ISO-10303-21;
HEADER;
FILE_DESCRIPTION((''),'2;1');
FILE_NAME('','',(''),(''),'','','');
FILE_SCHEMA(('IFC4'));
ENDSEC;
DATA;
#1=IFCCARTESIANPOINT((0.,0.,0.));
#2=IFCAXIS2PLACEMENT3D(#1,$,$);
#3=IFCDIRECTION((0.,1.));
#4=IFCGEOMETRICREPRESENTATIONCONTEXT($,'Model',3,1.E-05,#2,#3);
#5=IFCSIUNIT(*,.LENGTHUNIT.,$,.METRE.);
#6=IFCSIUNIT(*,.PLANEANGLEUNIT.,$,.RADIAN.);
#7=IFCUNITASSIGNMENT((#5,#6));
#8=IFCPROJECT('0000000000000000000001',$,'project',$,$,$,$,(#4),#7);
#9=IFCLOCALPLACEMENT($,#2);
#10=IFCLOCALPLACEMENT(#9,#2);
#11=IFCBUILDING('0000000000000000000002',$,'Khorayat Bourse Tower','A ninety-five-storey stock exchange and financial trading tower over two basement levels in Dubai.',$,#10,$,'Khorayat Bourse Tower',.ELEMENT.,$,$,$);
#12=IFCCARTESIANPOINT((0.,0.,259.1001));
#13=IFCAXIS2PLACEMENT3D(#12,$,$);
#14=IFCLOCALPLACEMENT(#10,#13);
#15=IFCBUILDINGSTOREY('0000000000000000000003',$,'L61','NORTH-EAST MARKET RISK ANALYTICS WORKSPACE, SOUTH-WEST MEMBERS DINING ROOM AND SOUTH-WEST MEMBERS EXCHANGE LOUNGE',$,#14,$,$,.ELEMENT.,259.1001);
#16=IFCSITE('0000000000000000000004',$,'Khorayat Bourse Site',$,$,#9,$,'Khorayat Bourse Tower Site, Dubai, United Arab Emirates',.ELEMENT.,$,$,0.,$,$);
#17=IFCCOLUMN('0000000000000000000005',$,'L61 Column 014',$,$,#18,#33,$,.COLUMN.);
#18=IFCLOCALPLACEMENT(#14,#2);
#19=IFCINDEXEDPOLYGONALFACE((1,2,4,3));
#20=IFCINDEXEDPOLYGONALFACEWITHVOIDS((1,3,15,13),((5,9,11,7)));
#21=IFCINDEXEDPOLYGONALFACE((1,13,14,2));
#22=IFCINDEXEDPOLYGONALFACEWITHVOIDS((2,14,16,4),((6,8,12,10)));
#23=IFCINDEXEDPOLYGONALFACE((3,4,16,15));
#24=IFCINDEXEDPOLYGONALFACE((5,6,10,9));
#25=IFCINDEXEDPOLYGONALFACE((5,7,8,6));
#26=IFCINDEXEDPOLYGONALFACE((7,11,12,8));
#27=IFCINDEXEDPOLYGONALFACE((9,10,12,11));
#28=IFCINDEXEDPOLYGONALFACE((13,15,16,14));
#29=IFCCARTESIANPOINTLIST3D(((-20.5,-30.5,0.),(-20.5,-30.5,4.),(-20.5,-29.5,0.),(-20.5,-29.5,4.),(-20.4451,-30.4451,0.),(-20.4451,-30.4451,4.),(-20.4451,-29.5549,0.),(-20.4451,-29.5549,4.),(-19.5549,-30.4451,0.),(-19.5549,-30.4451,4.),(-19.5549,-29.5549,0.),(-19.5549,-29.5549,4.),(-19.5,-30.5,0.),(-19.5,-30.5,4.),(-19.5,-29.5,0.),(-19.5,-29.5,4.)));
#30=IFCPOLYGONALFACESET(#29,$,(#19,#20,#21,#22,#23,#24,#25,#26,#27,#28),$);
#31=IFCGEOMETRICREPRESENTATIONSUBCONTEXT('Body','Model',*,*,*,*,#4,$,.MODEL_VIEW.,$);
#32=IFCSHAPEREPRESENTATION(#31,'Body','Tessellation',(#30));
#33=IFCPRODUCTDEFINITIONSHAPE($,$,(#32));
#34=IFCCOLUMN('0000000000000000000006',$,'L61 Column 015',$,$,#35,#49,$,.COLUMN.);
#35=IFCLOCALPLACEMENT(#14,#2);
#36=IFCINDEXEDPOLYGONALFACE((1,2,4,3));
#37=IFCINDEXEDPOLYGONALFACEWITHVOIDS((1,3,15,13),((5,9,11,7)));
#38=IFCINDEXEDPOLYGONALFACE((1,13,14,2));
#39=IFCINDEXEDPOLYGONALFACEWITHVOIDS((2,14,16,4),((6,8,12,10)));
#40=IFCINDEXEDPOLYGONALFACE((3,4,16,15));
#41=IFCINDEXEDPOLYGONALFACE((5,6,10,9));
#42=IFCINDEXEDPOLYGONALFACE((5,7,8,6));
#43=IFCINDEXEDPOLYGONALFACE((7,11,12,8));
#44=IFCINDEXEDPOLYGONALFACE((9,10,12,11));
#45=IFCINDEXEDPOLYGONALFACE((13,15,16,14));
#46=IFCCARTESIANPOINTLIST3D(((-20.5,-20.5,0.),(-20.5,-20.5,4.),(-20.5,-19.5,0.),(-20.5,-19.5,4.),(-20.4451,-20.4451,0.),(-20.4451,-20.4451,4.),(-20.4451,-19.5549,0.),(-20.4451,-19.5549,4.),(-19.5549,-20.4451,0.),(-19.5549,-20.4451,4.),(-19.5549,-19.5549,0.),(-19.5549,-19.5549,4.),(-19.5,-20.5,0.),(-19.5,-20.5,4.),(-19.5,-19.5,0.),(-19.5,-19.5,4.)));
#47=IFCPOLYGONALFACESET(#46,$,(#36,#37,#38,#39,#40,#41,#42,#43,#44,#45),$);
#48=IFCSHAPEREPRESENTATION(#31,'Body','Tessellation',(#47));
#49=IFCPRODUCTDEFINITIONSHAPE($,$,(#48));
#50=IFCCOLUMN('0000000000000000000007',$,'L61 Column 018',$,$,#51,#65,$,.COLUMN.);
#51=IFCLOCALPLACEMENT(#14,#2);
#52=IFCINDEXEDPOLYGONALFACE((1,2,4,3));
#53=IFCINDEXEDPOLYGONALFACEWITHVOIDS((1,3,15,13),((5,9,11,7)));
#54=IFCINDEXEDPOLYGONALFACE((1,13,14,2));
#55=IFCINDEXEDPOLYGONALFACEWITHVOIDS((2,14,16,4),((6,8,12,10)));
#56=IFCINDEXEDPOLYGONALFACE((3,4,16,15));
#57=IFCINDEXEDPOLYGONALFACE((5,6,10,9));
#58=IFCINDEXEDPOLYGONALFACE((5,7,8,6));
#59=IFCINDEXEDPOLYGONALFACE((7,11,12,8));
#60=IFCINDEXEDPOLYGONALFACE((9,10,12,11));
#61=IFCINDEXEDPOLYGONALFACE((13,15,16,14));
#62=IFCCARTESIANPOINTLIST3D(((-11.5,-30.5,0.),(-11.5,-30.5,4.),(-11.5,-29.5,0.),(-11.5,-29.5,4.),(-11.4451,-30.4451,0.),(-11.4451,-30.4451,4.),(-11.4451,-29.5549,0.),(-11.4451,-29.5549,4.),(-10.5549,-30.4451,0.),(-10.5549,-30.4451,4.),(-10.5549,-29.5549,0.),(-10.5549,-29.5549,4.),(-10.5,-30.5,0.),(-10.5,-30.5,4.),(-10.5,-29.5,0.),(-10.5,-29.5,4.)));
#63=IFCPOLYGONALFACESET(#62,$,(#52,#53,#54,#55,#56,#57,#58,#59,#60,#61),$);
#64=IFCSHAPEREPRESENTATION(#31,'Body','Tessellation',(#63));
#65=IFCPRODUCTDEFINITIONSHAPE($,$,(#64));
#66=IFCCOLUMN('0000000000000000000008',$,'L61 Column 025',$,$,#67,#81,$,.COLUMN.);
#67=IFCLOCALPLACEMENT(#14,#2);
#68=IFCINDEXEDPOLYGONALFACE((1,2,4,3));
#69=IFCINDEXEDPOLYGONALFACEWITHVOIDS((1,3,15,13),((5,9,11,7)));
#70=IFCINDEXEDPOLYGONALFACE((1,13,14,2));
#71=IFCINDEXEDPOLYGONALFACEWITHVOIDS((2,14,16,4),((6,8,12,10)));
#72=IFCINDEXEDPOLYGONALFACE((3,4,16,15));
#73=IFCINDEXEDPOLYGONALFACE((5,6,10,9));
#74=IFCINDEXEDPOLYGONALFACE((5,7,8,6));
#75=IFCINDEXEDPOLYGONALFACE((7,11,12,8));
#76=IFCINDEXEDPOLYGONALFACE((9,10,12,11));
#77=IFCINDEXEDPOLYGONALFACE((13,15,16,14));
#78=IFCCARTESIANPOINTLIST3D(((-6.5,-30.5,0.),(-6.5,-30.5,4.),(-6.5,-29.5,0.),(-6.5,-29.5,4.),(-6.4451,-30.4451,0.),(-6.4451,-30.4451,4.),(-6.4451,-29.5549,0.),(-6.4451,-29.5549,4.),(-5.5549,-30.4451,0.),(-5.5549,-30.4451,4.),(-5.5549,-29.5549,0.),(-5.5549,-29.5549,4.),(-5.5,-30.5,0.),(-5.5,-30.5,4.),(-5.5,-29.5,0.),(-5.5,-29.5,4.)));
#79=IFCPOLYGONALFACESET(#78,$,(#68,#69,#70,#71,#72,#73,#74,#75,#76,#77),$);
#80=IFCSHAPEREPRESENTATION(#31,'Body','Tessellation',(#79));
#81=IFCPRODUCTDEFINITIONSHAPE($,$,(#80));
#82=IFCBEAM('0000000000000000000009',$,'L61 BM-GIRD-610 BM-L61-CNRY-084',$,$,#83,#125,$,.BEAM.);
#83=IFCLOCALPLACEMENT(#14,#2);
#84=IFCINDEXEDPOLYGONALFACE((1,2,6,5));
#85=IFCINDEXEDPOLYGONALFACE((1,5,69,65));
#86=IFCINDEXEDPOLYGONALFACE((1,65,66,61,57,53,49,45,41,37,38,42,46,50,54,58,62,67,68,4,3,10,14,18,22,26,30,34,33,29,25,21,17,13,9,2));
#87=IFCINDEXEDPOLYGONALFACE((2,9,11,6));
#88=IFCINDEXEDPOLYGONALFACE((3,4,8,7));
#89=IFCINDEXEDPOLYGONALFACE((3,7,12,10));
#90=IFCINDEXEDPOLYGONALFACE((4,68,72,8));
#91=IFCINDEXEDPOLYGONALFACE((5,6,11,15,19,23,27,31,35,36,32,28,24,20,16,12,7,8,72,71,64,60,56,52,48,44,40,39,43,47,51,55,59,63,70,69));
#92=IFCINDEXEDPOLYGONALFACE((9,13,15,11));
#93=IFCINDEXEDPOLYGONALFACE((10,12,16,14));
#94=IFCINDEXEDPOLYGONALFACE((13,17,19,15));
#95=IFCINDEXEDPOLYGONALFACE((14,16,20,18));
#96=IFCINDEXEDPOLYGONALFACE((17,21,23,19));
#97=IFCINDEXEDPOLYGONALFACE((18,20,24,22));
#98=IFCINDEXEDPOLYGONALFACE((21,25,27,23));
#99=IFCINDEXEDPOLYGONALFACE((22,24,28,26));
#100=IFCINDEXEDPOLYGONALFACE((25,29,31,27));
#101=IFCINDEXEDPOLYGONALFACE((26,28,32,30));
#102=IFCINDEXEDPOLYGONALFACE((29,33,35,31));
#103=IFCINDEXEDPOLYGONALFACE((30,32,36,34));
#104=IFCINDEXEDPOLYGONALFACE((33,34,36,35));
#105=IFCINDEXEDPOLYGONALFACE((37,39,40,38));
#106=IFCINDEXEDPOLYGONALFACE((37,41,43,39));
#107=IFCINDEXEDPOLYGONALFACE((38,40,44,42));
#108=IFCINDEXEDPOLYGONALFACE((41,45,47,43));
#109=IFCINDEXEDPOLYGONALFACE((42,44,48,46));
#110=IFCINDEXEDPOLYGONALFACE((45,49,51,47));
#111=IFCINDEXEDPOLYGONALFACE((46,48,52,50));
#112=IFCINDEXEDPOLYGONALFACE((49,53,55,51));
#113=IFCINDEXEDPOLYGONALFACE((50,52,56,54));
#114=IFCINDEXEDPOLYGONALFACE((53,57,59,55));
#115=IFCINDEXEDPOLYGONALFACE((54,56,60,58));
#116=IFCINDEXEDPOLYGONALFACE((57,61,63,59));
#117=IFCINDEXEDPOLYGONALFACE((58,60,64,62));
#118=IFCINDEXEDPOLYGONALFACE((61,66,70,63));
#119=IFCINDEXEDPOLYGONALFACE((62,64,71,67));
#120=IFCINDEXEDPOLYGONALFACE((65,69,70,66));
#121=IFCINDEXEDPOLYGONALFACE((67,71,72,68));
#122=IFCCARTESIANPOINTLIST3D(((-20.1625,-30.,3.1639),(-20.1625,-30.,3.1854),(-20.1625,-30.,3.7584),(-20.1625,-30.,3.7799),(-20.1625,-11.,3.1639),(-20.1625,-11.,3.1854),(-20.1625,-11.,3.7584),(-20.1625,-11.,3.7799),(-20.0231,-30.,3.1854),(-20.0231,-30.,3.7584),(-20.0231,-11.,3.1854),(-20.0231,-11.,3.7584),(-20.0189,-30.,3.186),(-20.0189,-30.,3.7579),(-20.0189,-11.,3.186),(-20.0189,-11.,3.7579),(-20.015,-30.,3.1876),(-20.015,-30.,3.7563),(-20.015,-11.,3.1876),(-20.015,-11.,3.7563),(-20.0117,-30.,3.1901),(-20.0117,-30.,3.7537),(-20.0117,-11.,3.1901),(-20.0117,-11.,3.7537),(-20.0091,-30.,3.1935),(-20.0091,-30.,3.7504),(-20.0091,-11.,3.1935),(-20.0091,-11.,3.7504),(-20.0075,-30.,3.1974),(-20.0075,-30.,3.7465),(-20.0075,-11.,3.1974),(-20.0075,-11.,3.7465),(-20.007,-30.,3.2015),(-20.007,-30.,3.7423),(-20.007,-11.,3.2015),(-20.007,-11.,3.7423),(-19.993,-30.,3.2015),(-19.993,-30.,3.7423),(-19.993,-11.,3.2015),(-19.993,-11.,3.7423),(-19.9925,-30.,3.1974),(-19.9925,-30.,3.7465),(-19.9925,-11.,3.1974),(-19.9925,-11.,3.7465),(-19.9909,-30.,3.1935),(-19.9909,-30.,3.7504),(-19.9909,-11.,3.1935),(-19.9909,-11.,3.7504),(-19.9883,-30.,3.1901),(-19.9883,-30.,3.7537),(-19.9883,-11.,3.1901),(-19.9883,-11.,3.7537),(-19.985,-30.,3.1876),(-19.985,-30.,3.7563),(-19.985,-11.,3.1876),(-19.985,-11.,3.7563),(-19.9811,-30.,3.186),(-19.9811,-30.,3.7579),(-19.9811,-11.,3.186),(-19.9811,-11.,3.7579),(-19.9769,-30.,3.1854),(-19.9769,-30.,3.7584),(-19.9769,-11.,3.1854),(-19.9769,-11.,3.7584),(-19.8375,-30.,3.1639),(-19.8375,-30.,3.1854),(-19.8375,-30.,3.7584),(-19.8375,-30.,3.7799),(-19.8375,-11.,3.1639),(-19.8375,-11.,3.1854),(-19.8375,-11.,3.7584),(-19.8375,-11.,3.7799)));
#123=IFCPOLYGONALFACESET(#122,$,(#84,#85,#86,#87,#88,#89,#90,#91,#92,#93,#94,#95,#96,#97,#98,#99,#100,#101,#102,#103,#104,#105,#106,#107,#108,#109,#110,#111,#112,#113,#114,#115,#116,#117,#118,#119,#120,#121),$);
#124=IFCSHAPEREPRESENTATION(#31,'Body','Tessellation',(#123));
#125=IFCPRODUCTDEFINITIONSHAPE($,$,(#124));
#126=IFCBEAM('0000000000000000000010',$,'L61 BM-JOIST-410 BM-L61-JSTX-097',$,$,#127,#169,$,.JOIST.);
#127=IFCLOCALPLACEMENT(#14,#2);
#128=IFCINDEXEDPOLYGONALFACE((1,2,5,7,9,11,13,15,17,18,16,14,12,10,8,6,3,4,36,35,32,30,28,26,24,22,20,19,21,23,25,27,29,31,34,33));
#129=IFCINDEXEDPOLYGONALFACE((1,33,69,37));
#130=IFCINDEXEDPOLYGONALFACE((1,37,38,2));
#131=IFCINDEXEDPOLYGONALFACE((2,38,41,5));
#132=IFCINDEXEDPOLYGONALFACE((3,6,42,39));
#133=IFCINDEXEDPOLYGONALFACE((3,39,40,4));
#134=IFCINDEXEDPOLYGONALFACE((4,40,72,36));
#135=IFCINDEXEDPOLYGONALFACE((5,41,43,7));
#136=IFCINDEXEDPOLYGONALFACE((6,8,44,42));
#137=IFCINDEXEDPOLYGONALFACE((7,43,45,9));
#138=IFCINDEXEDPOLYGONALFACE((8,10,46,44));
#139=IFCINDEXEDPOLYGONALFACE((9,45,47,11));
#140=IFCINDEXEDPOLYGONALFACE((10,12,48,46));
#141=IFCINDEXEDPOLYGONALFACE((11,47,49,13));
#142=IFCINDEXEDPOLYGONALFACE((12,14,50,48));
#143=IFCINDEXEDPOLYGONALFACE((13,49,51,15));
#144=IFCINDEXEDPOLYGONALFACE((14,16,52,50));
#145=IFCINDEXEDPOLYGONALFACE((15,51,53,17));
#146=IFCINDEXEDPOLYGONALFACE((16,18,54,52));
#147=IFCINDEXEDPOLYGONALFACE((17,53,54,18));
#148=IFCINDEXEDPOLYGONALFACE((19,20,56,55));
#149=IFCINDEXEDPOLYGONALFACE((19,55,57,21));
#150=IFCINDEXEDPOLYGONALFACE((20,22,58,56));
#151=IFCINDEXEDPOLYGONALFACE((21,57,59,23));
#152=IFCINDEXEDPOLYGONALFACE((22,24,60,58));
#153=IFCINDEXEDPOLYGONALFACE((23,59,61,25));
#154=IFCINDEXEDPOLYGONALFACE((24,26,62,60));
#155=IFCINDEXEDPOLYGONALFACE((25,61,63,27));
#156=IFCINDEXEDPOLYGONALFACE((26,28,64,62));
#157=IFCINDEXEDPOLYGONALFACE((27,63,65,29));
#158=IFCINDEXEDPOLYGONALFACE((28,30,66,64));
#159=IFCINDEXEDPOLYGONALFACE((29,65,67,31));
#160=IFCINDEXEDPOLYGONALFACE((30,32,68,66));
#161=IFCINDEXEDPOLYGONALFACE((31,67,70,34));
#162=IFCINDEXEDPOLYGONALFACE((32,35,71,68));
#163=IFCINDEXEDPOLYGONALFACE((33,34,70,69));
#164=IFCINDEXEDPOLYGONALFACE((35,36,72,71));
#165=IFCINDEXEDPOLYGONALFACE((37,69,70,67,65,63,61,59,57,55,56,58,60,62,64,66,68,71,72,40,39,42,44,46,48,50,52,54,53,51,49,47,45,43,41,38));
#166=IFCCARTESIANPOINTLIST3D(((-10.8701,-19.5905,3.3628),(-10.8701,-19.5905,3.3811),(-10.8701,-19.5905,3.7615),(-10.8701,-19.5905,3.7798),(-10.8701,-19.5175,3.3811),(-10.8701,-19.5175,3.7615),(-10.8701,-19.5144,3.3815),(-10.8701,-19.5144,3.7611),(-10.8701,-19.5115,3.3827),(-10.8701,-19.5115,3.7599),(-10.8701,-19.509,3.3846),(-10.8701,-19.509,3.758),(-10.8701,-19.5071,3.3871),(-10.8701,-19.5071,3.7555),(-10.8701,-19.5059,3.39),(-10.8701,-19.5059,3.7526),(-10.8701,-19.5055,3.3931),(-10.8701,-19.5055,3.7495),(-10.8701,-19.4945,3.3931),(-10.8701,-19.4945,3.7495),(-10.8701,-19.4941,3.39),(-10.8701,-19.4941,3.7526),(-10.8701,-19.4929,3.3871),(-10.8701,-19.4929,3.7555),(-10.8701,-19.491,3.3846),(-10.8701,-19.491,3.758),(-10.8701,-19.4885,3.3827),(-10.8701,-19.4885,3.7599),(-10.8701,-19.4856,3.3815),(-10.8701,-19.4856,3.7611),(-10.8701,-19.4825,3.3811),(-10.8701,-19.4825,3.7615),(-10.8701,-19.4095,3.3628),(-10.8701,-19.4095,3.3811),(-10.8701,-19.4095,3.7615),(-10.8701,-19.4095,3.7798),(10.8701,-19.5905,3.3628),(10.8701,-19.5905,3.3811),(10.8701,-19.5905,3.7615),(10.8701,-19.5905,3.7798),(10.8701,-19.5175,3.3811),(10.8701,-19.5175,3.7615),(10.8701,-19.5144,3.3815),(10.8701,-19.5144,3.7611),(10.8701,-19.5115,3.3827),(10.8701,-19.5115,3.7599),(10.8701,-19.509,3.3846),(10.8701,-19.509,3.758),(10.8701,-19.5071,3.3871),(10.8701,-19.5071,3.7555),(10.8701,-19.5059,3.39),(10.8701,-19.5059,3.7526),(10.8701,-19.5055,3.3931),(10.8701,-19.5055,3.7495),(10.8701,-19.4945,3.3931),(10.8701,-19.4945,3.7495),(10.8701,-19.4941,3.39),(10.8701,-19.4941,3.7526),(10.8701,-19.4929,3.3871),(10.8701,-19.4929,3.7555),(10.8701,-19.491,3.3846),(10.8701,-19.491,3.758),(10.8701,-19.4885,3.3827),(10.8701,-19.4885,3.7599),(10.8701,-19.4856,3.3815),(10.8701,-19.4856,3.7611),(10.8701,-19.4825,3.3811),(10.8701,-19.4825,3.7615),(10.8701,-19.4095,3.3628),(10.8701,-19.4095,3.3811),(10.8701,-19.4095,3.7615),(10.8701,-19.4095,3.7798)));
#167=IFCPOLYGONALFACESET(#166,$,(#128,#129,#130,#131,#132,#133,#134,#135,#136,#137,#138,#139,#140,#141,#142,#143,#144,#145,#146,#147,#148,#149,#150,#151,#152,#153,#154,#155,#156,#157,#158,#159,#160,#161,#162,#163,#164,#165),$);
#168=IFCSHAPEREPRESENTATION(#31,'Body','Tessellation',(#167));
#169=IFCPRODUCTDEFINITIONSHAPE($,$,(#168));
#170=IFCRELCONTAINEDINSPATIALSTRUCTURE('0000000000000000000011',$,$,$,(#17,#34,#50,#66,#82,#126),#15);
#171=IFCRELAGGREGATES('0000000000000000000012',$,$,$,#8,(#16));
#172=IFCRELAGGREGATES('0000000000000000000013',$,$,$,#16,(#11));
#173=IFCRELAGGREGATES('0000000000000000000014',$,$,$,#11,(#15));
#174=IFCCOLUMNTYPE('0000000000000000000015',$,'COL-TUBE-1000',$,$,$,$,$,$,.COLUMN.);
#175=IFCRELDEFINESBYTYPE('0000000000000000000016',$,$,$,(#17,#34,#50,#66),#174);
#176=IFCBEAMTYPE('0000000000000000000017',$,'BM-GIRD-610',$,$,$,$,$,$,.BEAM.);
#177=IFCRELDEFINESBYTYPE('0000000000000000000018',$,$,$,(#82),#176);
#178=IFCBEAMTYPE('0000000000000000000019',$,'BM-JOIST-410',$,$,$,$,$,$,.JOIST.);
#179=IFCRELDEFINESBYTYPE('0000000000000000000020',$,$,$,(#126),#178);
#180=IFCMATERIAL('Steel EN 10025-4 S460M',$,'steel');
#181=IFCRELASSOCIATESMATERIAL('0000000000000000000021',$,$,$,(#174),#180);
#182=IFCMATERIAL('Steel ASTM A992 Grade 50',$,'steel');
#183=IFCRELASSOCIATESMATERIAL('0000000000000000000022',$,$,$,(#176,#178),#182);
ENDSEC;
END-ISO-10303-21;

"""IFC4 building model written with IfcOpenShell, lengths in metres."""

from ifc_helpers import new_model, si_unit, direction, frame, origin, origin_2d, place, context, subcontext, project, spatial, hollow_rectangle, i_section, extrude, source, transform, mapped, material, material_profile, profile_set, type_object, element, save


model = new_model("IFC4")

# Units and contexts
model_context = context("Model", 3, precision=1e-05, world=origin(), true_north=direction((0.0, 1.0)))
body_context = subcontext(model_context, "Body", "Model", "MODEL_VIEW")
ifc_project = project(units=[si_unit("LENGTHUNIT", "METRE"), si_unit("PLANEANGLEUNIT", "RADIAN")], contexts=[model_context])

# Site, building, storey
site_placement = place(None, origin())
site = spatial("IfcSite", under=ifc_project, at=site_placement, Name="Khorayat Bourse Site", LongName="Khorayat Bourse Tower Site, Dubai, United Arab Emirates", CompositionType="ELEMENT", RefElevation=0.0)
building_placement = place(site_placement, origin())
building = spatial("IfcBuilding", under=site, at=building_placement, Name="Khorayat Bourse Tower", Description="A ninety-five-storey stock exchange and financial trading tower over two basement levels in Dubai.", LongName="Khorayat Bourse Tower", CompositionType="ELEMENT")
storey_placement = place(building_placement, frame((0.0, 0.0, 259.1001)))
storey = spatial("IfcBuildingStorey", under=building, at=storey_placement, Name="L61", Description="NORTH-EAST MARKET RISK ANALYTICS WORKSPACE, SOUTH-WEST MEMBERS DINING ROOM AND SOUTH-WEST MEMBERS EXCHANGE LOUNGE", CompositionType="ELEMENT", Elevation=259.1001)

# Columns
ifc_material_1 = material(Name="Steel EN 10025-4 S460M", Category="steel")
ifc_material_profile_1 = material_profile(ifc_material_1, hollow_rectangle(XDim=1.0, YDim=1.0, WallThickness=0.0549, at=origin_2d()), Name="BOX 1000x1000x55")
ifc_profile_set_1 = profile_set([ifc_material_profile_1], Name="Steel EN 10025-4 S460M")
column_type = type_object("IfcColumnType", Name="COL-TUBE-1000", PredefinedType="COLUMN", material=ifc_profile_set_1)
shared_shape_1 = source(origin(), body_context, "Body", "SweptSolid", [
    extrude(hollow_rectangle(XDim=1.0, YDim=1.0, WallThickness=0.0549, at=origin_2d()), origin(), (0.0, 0.0, 1.0), 4.0),
])
for number, where, z_axis, x_axis, name in (
    (1, (-20.0, -30.0, 0.0), (0.0, 0.0, 1.0), (1.0, 0.0, 0.0), "L61 Column 014"),
    (2, (-20.0, -20.0, 0.0), (0.0, 0.0, 1.0), (1.0, 0.0, 0.0), "L61 Column 015"),
    (3, (-11.0, -30.0, 0.0), (0.0, 0.0, 1.0), (1.0, 0.0, 0.0), "L61 Column 018"),
    (4, (-6.0, -30.0, 0.0), (0.0, 0.0, 1.0), (1.0, 0.0, 0.0), "L61 Column 025"),
):
    element("IfcColumn", number, at=place(storey_placement, frame(where, z_axis=z_axis, x_axis=x_axis)), inside=storey, type_object=column_type, Name=name, PredefinedType="COLUMN", context=body_context, shape_type="MappedRepresentation", body=[
        mapped(shared_shape_1, transform((0.0, 0.0, 0.0), scale=1.0)),
    ])

# Beams
ifc_material_2 = material(Name="Steel ASTM A992 Grade 50", Category="steel")
ifc_material_profile_2 = material_profile(ifc_material_2, i_section(OverallWidth=0.325, OverallDepth=0.616, WebThickness=0.0139, FlangeThickness=0.0215, FilletRadius=0.0161, at=origin_2d()), Name="W610X174")
ifc_profile_set_2 = profile_set([ifc_material_profile_2], Name="Steel ASTM A992 Grade 50")
beam_type_1 = type_object("IfcBeamType", Name="BM-GIRD-610", PredefinedType="BEAM", material=ifc_profile_set_2)
shared_shape_2 = source(origin(), body_context, "Body", "SweptSolid", [
    extrude(i_section(OverallWidth=0.325, OverallDepth=0.616, WebThickness=0.0139, FlangeThickness=0.0215, FilletRadius=0.0161, at=origin_2d()), origin(), (0.0, 0.0, 1.0), 19.0),
])
beam_1_placement = place(storey_placement, frame((-20.0, -30.0, 3.4719), z_axis=(0.0, 1.0, 0.0), x_axis=(-1.0, 0.0, 0.0)))
element("IfcBeam", 5, at=beam_1_placement, inside=storey, type_object=beam_type_1, Name="L61 BM-GIRD-610 BM-L61-CNRY-084", PredefinedType="BEAM", context=body_context, shape_type="MappedRepresentation", body=[
    mapped(shared_shape_2, transform((0.0, 0.0, 0.0), scale=1.0)),
])
ifc_material_profile_3 = material_profile(ifc_material_2, i_section(OverallWidth=0.1809, OverallDepth=0.417, WebThickness=0.011, FlangeThickness=0.0183, FilletRadius=0.012, at=origin_2d()), Name="W410X85")
ifc_profile_set_3 = profile_set([ifc_material_profile_3], Name="Steel ASTM A992 Grade 50")
beam_type_2 = type_object("IfcBeamType", Name="BM-JOIST-410", PredefinedType="JOIST", material=ifc_profile_set_3)
shared_shape_3 = source(origin(), body_context, "Body", "SweptSolid", [
    extrude(i_section(OverallWidth=0.1809, OverallDepth=0.417, WebThickness=0.011, FlangeThickness=0.0183, FilletRadius=0.012, at=origin_2d()), origin(), (0.0, 0.0, 1.0), 21.7402),
])
beam_2_placement = place(storey_placement, frame((-10.8701, -19.5, 3.5713), z_axis=(1.0, 0.0, 0.0), x_axis=(0.0, 1.0, 0.0)))
element("IfcBeam", 6, at=beam_2_placement, inside=storey, type_object=beam_type_2, Name="L61 BM-JOIST-410 BM-L61-JSTX-097", PredefinedType="JOIST", context=body_context, shape_type="MappedRepresentation", body=[
    mapped(shared_shape_3, transform((0.0, 0.0, 0.0), scale=1.0)),
])

save(model, "model.ifc")
